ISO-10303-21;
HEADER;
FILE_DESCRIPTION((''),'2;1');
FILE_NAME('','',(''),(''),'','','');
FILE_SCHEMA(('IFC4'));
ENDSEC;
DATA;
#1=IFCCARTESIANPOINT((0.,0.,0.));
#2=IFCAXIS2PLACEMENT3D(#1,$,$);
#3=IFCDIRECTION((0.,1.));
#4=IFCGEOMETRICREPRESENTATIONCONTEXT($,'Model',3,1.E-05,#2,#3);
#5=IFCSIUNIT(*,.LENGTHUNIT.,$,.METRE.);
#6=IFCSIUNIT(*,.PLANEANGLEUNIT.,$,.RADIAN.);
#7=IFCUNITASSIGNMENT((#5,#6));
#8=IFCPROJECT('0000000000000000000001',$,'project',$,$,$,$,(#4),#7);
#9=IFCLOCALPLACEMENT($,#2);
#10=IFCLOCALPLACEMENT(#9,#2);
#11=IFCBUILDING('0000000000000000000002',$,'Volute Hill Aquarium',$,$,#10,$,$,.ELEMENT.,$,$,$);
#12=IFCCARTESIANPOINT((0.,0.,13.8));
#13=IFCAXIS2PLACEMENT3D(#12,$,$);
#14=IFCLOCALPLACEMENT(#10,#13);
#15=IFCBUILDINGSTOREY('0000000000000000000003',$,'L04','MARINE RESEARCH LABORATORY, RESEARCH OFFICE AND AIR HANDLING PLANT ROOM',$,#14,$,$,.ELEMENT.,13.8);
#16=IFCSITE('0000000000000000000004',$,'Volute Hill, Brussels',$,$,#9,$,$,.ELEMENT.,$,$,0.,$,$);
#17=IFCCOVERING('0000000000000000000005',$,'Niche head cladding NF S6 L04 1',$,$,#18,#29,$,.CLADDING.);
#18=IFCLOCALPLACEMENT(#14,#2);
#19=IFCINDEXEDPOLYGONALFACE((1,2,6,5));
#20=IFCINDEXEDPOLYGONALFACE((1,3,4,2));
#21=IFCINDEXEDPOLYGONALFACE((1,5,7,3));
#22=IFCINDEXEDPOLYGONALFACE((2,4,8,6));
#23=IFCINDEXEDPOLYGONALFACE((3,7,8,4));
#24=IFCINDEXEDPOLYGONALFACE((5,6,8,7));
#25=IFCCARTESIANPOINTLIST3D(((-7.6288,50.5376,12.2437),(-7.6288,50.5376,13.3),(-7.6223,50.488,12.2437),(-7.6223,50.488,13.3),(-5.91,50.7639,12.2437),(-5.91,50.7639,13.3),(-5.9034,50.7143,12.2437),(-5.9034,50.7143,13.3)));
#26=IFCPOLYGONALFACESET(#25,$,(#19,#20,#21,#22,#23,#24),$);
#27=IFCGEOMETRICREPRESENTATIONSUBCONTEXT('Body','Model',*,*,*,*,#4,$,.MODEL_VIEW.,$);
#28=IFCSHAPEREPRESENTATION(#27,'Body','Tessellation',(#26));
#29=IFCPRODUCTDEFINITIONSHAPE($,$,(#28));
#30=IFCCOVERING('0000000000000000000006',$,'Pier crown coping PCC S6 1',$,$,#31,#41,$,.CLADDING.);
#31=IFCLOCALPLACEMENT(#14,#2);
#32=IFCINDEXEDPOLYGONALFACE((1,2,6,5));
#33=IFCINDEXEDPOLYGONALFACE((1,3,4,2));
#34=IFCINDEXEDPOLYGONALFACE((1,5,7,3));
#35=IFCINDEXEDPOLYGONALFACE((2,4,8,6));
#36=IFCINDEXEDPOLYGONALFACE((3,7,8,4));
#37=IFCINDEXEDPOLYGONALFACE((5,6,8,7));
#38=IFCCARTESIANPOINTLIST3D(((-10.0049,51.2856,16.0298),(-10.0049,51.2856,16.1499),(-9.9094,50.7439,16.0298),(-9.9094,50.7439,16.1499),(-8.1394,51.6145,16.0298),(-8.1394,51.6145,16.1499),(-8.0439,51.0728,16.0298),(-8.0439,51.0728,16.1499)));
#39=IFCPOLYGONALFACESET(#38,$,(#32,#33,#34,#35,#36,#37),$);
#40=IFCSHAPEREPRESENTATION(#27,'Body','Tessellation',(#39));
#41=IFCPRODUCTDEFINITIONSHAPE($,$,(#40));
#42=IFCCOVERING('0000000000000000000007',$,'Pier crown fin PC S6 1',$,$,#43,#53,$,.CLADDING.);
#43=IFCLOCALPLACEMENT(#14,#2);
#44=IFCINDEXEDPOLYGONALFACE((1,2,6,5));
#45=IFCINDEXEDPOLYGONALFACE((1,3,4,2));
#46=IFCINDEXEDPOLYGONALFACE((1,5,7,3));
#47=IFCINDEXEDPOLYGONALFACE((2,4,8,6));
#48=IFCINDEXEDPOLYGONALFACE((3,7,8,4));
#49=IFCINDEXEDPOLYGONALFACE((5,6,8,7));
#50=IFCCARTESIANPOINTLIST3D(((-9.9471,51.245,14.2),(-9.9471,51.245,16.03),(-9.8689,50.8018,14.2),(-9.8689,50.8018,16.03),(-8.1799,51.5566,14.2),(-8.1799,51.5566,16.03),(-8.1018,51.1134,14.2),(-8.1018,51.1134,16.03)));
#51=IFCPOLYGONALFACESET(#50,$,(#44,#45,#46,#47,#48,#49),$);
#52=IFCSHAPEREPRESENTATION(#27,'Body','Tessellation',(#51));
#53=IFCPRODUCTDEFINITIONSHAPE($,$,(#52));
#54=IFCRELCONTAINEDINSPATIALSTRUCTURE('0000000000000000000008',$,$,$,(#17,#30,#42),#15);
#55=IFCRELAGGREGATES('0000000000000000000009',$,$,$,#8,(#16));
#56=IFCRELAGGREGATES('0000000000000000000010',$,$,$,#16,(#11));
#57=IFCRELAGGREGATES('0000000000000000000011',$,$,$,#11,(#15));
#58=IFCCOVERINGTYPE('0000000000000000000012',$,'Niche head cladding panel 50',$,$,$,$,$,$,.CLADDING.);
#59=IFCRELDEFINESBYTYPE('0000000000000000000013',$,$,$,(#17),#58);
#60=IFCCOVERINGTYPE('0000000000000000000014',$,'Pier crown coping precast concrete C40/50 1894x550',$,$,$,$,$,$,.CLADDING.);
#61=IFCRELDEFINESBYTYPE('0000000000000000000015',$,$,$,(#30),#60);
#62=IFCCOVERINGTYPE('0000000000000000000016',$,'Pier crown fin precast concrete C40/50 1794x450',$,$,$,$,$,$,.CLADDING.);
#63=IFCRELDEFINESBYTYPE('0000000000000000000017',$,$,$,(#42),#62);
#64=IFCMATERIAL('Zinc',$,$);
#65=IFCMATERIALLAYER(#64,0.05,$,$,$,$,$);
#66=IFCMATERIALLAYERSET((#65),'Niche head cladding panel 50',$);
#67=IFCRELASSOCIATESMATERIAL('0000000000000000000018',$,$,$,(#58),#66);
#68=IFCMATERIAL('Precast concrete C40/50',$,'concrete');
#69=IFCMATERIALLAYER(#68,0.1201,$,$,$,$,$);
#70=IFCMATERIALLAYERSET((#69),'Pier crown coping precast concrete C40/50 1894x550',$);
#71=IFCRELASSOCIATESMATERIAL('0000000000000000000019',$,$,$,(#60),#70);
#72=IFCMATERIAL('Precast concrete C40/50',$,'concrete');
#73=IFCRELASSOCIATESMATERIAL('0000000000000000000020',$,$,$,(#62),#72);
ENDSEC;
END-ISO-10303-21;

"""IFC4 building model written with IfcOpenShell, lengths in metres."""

from ifc_helpers import new_model, si_unit, direction, frame, origin, origin_2d, place, context, subcontext, project, spatial, rectangle, extrude, material, layer, layer_set, type_object, element, save


model = new_model("IFC4")

# Units and contexts
model_context = context("Model", 3, precision=1e-05, world=origin(), true_north=direction((0.0, 1.0)))
body_context = subcontext(model_context, "Body", "Model", "MODEL_VIEW")
ifc_project = project(units=[si_unit("LENGTHUNIT", "METRE"), si_unit("PLANEANGLEUNIT", "RADIAN")], contexts=[model_context])

# Site, building, storey
site_placement = place(None, origin())
site = spatial("IfcSite", under=ifc_project, at=site_placement, Name="Volute Hill, Brussels", CompositionType="ELEMENT", RefElevation=0.0)
building_placement = place(site_placement, origin())
building = spatial("IfcBuilding", under=site, at=building_placement, Name="Volute Hill Aquarium", CompositionType="ELEMENT")
storey_placement = place(building_placement, frame((0.0, 0.0, 13.8)))
storey = spatial("IfcBuildingStorey", under=building, at=storey_placement, Name="L04", Description="MARINE RESEARCH LABORATORY, RESEARCH OFFICE AND AIR HANDLING PLANT ROOM", CompositionType="ELEMENT", Elevation=13.8)

# Coverings
ifc_material_1 = material(Name="Zinc")
ifc_layer_1 = layer(ifc_material_1, 0.05)
ifc_layer_set_1 = layer_set([ifc_layer_1], Name="Niche head cladding panel 50")
covering_type_1 = type_object("IfcCoveringType", Name="Niche head cladding panel 50", PredefinedType="CLADDING", material=ifc_layer_set_1)
covering_1_placement = place(storey_placement, frame((-6.7661, 50.626, 12.2437), z_axis=(0.0, 0.0, 1.0), x_axis=(-0.991445, -0.130526, 0.0)))
element("IfcCovering", 1, at=covering_1_placement, inside=storey, type_object=covering_type_1, Name="Niche head cladding NF S6 L04 1", PredefinedType="CLADDING", context=body_context, shape_type="SweptSolid", body=[
    extrude(rectangle(XDim=1.7336, YDim=0.05, at=origin_2d()), origin(), (0.0, 0.0, 1.0), 1.0564),
])
ifc_material_2 = material(Name="Precast concrete C40/50", Category="concrete")
ifc_layer_2 = layer(ifc_material_2, 0.1201)
ifc_layer_set_2 = layer_set([ifc_layer_2], Name="Pier crown coping precast concrete C40/50 1894x550")
covering_type_2 = type_object("IfcCoveringType", Name="Pier crown coping precast concrete C40/50 1894x550", PredefinedType="CLADDING", material=ifc_layer_set_2)
covering_2_placement = place(storey_placement, frame((-9.0244, 51.1792, 16.0298), z_axis=(0.0, 0.0, 1.0), x_axis=(-0.984808, -0.173648, 0.0)))
element("IfcCovering", 2, at=covering_2_placement, inside=storey, type_object=covering_type_2, Name="Pier crown coping PCC S6 1", PredefinedType="CLADDING", context=body_context, shape_type="SweptSolid", body=[
    extrude(rectangle(XDim=1.8943, YDim=0.55, at=origin_2d()), origin(), (0.0, 0.0, 1.0), 0.1201),
])
ifc_material_3 = material(Name="Precast concrete C40/50", Category="concrete")
covering_type_3 = type_object("IfcCoveringType", Name="Pier crown fin precast concrete C40/50 1794x450", PredefinedType="CLADDING", material=ifc_material_3)
covering_3_placement = place(storey_placement, frame((-9.0244, 51.1792, 14.2), z_axis=(0.0, 0.0, 1.0), x_axis=(-0.984808, -0.173648, 0.0)))
element("IfcCovering", 3, at=covering_3_placement, inside=storey, type_object=covering_type_3, Name="Pier crown fin PC S6 1", PredefinedType="CLADDING", context=body_context, shape_type="SweptSolid", body=[
    extrude(rectangle(XDim=1.7944, YDim=0.45, at=origin_2d()), origin(), (0.0, 0.0, 1.0), 1.8301),
])

save(model, "model.ifc")
